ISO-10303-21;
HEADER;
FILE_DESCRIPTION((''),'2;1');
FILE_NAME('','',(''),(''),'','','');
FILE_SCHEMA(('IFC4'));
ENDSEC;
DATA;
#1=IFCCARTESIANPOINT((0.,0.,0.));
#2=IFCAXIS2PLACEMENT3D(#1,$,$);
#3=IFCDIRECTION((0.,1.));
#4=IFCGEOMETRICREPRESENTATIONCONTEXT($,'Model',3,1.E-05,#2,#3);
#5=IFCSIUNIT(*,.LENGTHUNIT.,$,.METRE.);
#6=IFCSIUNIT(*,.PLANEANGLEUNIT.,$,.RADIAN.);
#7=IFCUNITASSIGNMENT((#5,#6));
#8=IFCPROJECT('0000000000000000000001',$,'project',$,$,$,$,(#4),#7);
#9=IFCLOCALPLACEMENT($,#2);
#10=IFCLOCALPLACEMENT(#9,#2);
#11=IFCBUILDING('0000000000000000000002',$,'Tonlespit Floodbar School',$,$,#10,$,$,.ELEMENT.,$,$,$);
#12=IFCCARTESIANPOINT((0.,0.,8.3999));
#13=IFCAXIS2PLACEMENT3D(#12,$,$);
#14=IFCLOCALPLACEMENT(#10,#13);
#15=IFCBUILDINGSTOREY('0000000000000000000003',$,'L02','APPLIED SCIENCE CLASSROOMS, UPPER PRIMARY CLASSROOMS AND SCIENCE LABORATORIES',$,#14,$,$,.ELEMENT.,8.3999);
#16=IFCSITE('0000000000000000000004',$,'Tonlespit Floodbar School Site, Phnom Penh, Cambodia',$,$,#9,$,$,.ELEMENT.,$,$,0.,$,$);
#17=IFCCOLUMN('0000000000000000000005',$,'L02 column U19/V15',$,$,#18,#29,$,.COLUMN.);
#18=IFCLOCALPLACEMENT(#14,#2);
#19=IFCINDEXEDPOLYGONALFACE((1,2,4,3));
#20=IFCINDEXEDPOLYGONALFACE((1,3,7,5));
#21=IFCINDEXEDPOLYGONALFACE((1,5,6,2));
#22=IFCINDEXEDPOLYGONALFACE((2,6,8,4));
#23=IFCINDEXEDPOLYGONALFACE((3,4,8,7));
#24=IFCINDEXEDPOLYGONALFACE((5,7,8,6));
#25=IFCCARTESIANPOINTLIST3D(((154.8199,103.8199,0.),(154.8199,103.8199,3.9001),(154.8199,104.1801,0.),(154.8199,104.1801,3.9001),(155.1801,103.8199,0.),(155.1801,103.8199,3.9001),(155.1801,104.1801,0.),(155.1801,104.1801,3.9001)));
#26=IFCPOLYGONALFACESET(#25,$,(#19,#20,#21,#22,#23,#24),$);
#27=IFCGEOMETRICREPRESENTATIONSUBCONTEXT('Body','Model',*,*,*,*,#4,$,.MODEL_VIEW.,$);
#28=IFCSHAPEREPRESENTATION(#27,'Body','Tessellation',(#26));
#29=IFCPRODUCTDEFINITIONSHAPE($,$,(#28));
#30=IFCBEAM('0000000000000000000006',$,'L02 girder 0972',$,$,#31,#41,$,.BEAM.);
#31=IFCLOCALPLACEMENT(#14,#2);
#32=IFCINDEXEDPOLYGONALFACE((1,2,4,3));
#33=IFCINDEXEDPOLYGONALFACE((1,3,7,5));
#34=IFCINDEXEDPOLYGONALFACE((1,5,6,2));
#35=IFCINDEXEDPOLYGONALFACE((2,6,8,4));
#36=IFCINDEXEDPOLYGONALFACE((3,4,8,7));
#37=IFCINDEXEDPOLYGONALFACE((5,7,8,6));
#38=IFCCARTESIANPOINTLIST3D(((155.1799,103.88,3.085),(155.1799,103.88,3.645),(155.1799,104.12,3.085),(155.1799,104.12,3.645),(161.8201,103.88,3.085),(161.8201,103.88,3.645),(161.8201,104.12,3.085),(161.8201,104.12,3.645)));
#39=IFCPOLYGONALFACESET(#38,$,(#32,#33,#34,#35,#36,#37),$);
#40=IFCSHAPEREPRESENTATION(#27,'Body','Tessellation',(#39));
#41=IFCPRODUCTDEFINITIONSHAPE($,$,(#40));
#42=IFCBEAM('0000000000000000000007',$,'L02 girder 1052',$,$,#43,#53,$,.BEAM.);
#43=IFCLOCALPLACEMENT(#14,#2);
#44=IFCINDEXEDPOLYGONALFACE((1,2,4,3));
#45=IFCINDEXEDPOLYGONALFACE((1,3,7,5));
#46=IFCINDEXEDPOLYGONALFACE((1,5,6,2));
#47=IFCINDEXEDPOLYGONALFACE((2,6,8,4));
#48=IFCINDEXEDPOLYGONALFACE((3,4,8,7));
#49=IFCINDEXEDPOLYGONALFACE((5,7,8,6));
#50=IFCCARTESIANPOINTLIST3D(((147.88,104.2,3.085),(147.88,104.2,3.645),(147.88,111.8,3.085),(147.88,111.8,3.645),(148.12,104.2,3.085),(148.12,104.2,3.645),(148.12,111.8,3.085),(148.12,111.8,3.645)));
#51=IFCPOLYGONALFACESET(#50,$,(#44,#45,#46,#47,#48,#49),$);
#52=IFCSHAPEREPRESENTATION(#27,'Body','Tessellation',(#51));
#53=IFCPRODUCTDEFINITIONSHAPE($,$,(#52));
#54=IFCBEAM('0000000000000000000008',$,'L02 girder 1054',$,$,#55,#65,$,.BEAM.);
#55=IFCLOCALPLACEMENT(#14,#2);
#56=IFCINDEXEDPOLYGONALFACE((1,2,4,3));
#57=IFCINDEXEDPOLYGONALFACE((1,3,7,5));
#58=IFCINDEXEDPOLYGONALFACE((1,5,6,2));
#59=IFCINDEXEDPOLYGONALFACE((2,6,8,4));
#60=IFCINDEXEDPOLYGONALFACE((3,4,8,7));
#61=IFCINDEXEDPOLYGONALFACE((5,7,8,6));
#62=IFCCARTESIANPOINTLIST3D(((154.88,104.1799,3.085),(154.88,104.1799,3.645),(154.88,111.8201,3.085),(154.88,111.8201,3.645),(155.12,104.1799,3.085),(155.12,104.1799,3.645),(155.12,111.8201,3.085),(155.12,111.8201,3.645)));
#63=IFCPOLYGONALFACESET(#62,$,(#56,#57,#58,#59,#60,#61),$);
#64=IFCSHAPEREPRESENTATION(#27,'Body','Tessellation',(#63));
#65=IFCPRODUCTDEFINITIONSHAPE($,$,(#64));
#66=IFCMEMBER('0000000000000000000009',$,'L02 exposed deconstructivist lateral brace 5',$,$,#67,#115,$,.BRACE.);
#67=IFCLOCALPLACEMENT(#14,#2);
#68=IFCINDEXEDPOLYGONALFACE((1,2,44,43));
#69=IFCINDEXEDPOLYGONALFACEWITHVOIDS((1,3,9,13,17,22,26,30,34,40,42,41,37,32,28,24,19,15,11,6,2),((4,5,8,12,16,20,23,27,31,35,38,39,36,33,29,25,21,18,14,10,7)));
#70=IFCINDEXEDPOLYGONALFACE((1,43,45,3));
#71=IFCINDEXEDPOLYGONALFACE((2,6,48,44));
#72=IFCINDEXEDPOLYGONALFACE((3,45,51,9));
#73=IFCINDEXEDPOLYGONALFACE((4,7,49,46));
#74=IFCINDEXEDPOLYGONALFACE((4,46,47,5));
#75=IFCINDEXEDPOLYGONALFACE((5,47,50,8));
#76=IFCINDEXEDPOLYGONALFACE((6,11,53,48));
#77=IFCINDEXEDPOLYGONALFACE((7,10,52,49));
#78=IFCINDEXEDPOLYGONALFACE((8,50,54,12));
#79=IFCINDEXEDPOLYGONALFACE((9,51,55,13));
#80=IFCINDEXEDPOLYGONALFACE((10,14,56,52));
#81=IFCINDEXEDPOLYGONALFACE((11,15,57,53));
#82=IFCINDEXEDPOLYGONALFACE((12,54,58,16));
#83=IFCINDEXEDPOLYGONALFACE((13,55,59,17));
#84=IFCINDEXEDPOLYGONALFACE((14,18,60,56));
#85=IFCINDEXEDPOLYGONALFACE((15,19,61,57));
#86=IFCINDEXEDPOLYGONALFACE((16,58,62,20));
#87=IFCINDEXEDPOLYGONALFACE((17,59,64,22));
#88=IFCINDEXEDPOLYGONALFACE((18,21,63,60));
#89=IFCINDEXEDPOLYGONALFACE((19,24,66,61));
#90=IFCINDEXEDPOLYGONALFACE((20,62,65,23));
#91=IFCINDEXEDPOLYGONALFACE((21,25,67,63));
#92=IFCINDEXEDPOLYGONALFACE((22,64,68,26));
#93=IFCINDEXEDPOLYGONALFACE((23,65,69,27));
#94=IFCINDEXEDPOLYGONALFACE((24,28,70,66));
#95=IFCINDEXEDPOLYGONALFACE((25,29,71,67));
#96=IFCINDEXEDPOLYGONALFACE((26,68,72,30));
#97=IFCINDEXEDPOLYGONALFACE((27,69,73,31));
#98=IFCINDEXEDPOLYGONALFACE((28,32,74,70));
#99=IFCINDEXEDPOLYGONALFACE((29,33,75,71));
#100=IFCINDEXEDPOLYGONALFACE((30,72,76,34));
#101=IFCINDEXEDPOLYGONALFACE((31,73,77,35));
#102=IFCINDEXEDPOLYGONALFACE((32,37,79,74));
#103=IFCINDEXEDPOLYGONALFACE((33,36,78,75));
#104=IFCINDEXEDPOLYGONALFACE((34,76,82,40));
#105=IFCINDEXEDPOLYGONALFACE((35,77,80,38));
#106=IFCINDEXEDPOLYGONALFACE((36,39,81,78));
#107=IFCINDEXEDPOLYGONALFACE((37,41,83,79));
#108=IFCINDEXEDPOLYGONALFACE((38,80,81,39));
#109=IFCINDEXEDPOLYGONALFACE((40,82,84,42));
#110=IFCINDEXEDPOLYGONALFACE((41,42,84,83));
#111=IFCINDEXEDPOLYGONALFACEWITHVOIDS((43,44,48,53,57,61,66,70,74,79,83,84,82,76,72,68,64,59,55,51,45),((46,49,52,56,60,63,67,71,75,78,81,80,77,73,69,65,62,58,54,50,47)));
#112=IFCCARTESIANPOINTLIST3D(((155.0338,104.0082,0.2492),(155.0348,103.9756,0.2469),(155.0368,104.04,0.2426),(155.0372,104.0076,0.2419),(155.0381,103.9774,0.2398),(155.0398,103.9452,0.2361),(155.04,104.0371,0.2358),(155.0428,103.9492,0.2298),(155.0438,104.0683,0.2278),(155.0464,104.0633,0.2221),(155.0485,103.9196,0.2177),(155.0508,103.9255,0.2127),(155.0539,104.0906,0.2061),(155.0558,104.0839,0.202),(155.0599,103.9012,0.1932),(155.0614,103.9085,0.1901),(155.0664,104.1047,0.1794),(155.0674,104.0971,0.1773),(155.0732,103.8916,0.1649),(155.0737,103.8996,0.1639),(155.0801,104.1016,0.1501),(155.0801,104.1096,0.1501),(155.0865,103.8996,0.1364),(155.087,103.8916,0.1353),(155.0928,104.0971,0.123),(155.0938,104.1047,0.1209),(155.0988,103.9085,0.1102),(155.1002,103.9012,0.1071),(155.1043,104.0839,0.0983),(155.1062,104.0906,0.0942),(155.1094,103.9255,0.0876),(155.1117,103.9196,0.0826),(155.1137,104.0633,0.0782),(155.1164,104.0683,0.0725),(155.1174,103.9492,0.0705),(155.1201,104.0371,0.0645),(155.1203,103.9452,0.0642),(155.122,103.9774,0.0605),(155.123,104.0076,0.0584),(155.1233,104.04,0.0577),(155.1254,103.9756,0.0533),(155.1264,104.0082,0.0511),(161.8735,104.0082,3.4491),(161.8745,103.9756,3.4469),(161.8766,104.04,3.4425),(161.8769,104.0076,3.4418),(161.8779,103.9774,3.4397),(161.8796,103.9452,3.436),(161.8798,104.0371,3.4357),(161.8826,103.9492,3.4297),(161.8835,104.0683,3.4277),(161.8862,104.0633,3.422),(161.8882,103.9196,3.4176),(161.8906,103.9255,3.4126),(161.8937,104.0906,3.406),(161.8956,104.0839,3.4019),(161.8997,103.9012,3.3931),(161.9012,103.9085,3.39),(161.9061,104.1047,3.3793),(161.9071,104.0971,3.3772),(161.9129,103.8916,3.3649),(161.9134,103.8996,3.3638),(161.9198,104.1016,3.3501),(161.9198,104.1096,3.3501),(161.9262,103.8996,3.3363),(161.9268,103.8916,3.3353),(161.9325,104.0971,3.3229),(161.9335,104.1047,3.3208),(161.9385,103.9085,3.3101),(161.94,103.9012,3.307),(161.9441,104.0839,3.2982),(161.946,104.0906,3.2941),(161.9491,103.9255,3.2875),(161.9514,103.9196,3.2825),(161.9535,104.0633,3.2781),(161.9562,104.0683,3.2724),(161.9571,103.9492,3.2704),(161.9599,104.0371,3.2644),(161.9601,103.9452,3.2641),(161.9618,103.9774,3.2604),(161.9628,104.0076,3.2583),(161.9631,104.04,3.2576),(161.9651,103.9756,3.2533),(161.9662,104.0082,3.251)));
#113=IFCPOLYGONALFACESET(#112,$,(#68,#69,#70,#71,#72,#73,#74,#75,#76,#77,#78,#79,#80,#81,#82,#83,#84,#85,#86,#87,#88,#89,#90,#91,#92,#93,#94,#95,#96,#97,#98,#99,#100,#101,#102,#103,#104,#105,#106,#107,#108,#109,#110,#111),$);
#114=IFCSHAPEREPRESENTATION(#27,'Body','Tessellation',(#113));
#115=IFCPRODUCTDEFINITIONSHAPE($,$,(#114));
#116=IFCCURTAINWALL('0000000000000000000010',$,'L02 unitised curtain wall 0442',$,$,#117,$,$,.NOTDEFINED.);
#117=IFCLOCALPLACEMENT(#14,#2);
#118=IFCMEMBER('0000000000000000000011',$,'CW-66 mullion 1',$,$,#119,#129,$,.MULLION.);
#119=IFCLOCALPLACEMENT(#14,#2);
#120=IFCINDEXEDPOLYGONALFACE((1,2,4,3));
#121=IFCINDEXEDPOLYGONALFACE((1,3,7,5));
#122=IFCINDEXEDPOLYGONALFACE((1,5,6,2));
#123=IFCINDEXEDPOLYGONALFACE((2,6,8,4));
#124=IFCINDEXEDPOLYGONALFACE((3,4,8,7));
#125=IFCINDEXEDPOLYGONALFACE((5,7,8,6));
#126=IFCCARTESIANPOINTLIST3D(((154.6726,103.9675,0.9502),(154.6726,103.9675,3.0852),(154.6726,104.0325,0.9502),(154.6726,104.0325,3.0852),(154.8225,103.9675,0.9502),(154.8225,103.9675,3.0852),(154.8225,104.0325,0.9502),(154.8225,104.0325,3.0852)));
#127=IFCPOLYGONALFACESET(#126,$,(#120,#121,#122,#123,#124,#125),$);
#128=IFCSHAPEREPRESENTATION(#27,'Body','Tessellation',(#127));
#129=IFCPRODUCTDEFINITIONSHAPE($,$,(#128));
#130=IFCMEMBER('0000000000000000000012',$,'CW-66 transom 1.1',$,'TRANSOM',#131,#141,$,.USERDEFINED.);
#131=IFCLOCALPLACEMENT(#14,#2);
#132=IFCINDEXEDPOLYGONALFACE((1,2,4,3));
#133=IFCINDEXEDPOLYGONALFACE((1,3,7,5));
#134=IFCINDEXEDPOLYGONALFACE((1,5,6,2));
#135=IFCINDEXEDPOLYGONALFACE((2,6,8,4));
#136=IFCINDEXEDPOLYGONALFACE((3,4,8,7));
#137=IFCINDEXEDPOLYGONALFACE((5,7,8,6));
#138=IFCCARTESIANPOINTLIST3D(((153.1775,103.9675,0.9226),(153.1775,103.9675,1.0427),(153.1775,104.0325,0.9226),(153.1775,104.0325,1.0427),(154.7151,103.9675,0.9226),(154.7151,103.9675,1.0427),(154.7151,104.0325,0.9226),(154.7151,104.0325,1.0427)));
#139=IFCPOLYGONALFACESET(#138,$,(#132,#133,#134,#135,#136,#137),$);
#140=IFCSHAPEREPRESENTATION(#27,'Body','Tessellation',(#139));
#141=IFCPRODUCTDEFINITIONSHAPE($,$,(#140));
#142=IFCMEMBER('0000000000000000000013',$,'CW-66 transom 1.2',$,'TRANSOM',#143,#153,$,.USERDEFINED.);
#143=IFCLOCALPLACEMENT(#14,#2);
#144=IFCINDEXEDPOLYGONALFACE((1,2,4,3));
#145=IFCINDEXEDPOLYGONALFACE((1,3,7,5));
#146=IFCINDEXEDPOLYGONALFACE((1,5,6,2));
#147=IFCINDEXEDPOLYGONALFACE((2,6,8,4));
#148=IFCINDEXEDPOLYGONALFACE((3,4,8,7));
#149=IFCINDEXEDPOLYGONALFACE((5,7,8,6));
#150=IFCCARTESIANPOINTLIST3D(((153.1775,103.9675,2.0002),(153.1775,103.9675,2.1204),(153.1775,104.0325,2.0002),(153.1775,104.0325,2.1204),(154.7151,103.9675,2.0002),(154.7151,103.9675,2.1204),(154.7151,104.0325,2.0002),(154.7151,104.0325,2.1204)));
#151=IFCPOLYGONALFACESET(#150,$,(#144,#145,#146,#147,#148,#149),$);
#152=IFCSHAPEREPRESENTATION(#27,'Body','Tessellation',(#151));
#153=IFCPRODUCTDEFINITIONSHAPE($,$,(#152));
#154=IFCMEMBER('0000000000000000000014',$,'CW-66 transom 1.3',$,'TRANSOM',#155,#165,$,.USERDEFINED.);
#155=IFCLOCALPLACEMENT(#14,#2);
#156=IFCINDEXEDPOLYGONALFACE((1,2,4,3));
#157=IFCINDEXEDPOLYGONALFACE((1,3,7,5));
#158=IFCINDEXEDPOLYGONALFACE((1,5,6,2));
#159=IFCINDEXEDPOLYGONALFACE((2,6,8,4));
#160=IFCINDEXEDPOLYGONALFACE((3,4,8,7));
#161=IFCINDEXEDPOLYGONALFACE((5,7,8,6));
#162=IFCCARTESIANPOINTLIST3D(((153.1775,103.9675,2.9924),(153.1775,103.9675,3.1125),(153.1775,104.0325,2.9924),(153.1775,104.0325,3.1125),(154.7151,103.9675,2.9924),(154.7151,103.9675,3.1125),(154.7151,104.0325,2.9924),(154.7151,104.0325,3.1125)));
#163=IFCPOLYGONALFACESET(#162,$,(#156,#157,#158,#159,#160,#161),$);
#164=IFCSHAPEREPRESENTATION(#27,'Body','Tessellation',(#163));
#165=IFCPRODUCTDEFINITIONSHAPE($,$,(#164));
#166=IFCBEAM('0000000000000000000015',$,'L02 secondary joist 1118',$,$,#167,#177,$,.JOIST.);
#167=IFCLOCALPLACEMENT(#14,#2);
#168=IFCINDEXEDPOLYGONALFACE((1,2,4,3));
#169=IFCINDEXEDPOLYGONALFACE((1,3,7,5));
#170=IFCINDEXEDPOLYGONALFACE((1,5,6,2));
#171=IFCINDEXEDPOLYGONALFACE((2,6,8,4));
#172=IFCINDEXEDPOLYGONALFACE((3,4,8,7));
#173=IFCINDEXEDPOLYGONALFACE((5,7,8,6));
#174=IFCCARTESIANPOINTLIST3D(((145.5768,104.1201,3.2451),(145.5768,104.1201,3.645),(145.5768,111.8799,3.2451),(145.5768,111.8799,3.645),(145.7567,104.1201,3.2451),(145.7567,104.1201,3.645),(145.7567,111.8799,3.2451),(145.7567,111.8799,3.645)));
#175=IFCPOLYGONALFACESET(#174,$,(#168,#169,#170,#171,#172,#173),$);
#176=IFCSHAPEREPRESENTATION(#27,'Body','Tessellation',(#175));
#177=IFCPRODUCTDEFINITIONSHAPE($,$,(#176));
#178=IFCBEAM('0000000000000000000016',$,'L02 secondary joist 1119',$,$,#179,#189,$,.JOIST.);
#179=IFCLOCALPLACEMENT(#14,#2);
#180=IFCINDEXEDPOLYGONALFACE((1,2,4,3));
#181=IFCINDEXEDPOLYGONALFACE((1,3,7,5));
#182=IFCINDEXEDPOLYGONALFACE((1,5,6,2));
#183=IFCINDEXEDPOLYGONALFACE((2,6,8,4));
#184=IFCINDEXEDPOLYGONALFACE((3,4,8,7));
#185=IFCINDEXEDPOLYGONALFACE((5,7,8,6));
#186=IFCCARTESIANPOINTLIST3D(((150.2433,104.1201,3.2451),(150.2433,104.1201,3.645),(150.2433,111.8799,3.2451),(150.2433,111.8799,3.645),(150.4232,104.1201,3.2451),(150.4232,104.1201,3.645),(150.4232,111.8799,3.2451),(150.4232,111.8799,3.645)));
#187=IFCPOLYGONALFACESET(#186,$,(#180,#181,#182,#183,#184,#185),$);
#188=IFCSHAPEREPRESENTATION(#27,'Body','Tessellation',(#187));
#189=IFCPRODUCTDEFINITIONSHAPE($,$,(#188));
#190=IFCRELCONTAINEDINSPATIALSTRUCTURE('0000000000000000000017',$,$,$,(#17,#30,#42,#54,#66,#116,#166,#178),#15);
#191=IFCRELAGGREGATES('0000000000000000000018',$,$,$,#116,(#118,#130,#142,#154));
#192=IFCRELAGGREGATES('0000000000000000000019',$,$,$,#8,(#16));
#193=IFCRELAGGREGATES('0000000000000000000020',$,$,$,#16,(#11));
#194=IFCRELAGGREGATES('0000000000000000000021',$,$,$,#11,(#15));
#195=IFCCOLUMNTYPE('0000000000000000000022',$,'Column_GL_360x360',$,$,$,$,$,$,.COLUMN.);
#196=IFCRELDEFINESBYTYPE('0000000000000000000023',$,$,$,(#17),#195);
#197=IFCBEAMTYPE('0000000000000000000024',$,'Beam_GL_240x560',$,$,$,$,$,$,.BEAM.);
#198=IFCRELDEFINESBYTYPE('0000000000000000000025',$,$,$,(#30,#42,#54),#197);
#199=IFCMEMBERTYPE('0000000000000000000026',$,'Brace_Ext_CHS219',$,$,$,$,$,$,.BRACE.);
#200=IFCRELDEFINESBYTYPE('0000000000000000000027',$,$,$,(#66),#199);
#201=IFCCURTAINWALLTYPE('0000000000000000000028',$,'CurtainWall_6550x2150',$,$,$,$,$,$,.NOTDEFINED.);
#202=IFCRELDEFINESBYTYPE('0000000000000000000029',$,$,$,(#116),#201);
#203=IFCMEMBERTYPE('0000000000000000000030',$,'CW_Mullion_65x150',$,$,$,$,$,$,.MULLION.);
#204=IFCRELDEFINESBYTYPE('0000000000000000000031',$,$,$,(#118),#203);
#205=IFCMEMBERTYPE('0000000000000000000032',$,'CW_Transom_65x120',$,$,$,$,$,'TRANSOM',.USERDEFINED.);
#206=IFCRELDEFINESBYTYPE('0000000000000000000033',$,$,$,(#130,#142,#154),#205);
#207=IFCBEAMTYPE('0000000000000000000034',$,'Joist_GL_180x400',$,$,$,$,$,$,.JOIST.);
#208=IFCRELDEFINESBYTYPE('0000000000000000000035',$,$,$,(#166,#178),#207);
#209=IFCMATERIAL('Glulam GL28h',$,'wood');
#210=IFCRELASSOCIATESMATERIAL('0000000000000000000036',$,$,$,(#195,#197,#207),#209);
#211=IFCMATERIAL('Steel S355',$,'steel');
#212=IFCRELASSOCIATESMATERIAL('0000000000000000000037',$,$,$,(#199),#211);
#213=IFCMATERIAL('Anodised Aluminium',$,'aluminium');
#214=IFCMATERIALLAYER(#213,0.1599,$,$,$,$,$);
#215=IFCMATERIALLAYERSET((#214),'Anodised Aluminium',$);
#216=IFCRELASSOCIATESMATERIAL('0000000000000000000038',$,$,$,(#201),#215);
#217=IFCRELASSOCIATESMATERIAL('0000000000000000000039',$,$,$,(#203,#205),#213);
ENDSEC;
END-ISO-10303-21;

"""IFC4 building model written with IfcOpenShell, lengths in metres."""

from ifc_helpers import new_model, si_unit, direction, frame, origin, origin_2d, place, context, subcontext, project, spatial, rectangle, hollow_circle, extrude, material, layer, layer_set, material_profile, profile_set, type_object, element, aggregate, save


model = new_model("IFC4")

# Units and contexts
model_context = context("Model", 3, precision=1e-05, world=origin(), true_north=direction((0.0, 1.0)))
body_context = subcontext(model_context, "Body", "Model", "MODEL_VIEW")
ifc_project = project(units=[si_unit("LENGTHUNIT", "METRE"), si_unit("PLANEANGLEUNIT", "RADIAN")], contexts=[model_context])

# Site, building, storey
site_placement = place(None, origin())
site = spatial("IfcSite", under=ifc_project, at=site_placement, Name="Tonlespit Floodbar School Site, Phnom Penh, Cambodia", CompositionType="ELEMENT", RefElevation=0.0)
building_placement = place(site_placement, origin())
building = spatial("IfcBuilding", under=site, at=building_placement, Name="Tonlespit Floodbar School", CompositionType="ELEMENT")
storey_placement = place(building_placement, frame((0.0, 0.0, 8.3999)))
storey = spatial("IfcBuildingStorey", under=building, at=storey_placement, Name="L02", Description="APPLIED SCIENCE CLASSROOMS, UPPER PRIMARY CLASSROOMS AND SCIENCE LABORATORIES", CompositionType="ELEMENT", Elevation=8.3999)

# Column
ifc_material_1 = material(Name="Glulam GL28h", Category="wood")
ifc_material_profile_1 = material_profile(ifc_material_1, rectangle(XDim=0.3601, YDim=0.3601, at=origin_2d()), Name="GL 360x360")
ifc_profile_set_1 = profile_set([ifc_material_profile_1], Name="Glulam GL28h")
column_type = type_object("IfcColumnType", Name="Column_GL_360x360", PredefinedType="COLUMN", material=ifc_profile_set_1)
column_placement = place(storey_placement, frame((155.0, 104.0, 0.0), z_axis=(0.0, 0.0, 1.0), x_axis=(1.0, 0.0, 0.0)))
element("IfcColumn", 1, at=column_placement, inside=storey, type_object=column_type, Name="L02 column U19/V15", PredefinedType="COLUMN", context=body_context, shape_type="SweptSolid", body=[
    extrude(rectangle(XDim=0.3601, YDim=0.3601, at=origin_2d()), origin(), (0.0, 0.0, 1.0), 3.9001),
])

# Beams
ifc_material_profile_2 = material_profile(ifc_material_1, rectangle(XDim=0.24, YDim=0.5601, at=origin_2d()), Name="GL 240x560")
ifc_profile_set_2 = profile_set([ifc_material_profile_2], Name="Glulam GL28h")
beam_type_1 = type_object("IfcBeamType", Name="Beam_GL_240x560", PredefinedType="BEAM", material=ifc_profile_set_2)
beam_1_placement = place(storey_placement, frame((155.1799, 104.0, 3.365), z_axis=(1.0, 0.0, 0.0), x_axis=(0.0, 1.0, 0.0)))
element("IfcBeam", 2, at=beam_1_placement, inside=storey, type_object=beam_type_1, Name="L02 girder 0972", PredefinedType="BEAM", context=body_context, shape_type="SweptSolid", body=[
    extrude(rectangle(XDim=0.24, YDim=0.5601, at=origin_2d()), origin(), (0.0, 0.0, 1.0), 6.6401),
])
beam_2_placement = place(storey_placement, frame((148.0, 104.2, 3.365), z_axis=(0.0, 1.0, 0.0), x_axis=(-1.0, 0.0, 0.0)))
element("IfcBeam", 3, at=beam_2_placement, inside=storey, type_object=beam_type_1, Name="L02 girder 1052", PredefinedType="BEAM", context=body_context, shape_type="SweptSolid", body=[
    extrude(rectangle(XDim=0.24, YDim=0.5601, at=origin_2d()), origin(), (0.0, 0.0, 1.0), 7.6001),
])
beam_3_placement = place(storey_placement, frame((155.0, 104.1799, 3.365), z_axis=(0.0, 1.0, 0.0), x_axis=(-1.0, 0.0, 0.0)))
element("IfcBeam", 4, at=beam_3_placement, inside=storey, type_object=beam_type_1, Name="L02 girder 1054", PredefinedType="BEAM", context=body_context, shape_type="SweptSolid", body=[
    extrude(rectangle(XDim=0.24, YDim=0.5601, at=origin_2d()), origin(), (0.0, 0.0, 1.0), 7.6401),
])

# Member
ifc_material_2 = material(Name="Steel S355", Category="steel")
ifc_material_profile_3 = material_profile(ifc_material_2, hollow_circle(Radius=0.1096, WallThickness=0.0081, at=origin_2d()), Name="CHS 219.1x8")
ifc_profile_set_3 = profile_set([ifc_material_profile_3], Name="Steel S355")
member_type_1 = type_object("IfcMemberType", Name="Brace_Ext_CHS219", PredefinedType="BRACE", material=ifc_profile_set_3)
member_1_placement = place(storey_placement, frame((155.0801, 104.0, 0.1501), z_axis=(0.905776, 0.0, 0.423758), x_axis=(0.0, 1.0, 0.0)))
element("IfcMember", 5, at=member_1_placement, inside=storey, type_object=member_type_1, Name="L02 exposed deconstructivist lateral brace 5", PredefinedType="BRACE", context=body_context, shape_type="SweptSolid", body=[
    extrude(hollow_circle(Radius=0.1096, WallThickness=0.0081, at=origin_2d()), origin(), (0.0, 0.0, 1.0), 7.5513),
])

# Curtain wall, members
ifc_material_3 = material(Name="Anodised Aluminium", Category="aluminium")
ifc_layer_1 = layer(ifc_material_3, 0.1599)
ifc_layer_set_1 = layer_set([ifc_layer_1], Name="Anodised Aluminium")
curtain_wall_type = type_object("IfcCurtainWallType", Name="CurtainWall_6550x2150", PredefinedType="NOTDEFINED", material=ifc_layer_set_1)
curtain_wall_placement = place(storey_placement, origin())
curtain_wall = element("IfcCurtainWall", 6, at=curtain_wall_placement, inside=storey, type_object=curtain_wall_type, Name="L02 unitised curtain wall 0442", PredefinedType="NOTDEFINED")
ifc_material_profile_4 = material_profile(ifc_material_3, rectangle(XDim=0.0649, YDim=0.1499, at=origin_2d()), Name="ALU M65x150")
ifc_profile_set_4 = profile_set([ifc_material_profile_4], Name="Anodised Aluminium")
member_type_2 = type_object("IfcMemberType", Name="CW_Mullion_65x150", PredefinedType="MULLION", material=ifc_profile_set_4)
member_2_placement = place(storey_placement, frame((154.7476, 104.0, 0.9502), z_axis=(0.0, 0.0, 1.0), x_axis=(0.0, -1.0, 0.0)))
member_2 = element("IfcMember", 7, at=member_2_placement, type_object=member_type_2, Name="CW-66 mullion 1", PredefinedType="MULLION", context=body_context, shape_type="SweptSolid", body=[
    extrude(rectangle(XDim=0.0649, YDim=0.1499, at=origin_2d()), origin(), (0.0, 0.0, 1.0), 2.135),
])
ifc_material_profile_5 = material_profile(ifc_material_3, rectangle(XDim=0.0649, YDim=0.1201, at=origin_2d()), Name="ALU T65x120")
ifc_profile_set_5 = profile_set([ifc_material_profile_5], Name="Anodised Aluminium")
member_type_3 = type_object("IfcMemberType", Name="CW_Transom_65x120", ElementType="TRANSOM", PredefinedType="USERDEFINED", material=ifc_profile_set_5)
member_3_placement = place(storey_placement, frame((154.7151, 104.0, 0.9827), z_axis=(-1.0, 0.0, 0.0), x_axis=(0.0, -1.0, 0.0)))
member_3 = element("IfcMember", 8, at=member_3_placement, type_object=member_type_3, Name="CW-66 transom 1.1", ObjectType="TRANSOM", PredefinedType="USERDEFINED", context=body_context, shape_type="SweptSolid", body=[
    extrude(rectangle(XDim=0.0649, YDim=0.1201, at=origin_2d()), origin(), (0.0, 0.0, 1.0), 1.5376),
])
member_4_placement = place(storey_placement, frame((154.7151, 104.0, 2.0603), z_axis=(-1.0, 0.0, 0.0), x_axis=(0.0, -1.0, 0.0)))
member_4 = element("IfcMember", 9, at=member_4_placement, type_object=member_type_3, Name="CW-66 transom 1.2", ObjectType="TRANSOM", PredefinedType="USERDEFINED", context=body_context, shape_type="SweptSolid", body=[
    extrude(rectangle(XDim=0.0649, YDim=0.1201, at=origin_2d()), origin(), (0.0, 0.0, 1.0), 1.5376),
])
member_5_placement = place(storey_placement, frame((154.7151, 104.0, 3.0525), z_axis=(-1.0, 0.0, 0.0), x_axis=(0.0, -1.0, 0.0)))
member_5 = element("IfcMember", 10, at=member_5_placement, type_object=member_type_3, Name="CW-66 transom 1.3", ObjectType="TRANSOM", PredefinedType="USERDEFINED", context=body_context, shape_type="SweptSolid", body=[
    extrude(rectangle(XDim=0.0649, YDim=0.1201, at=origin_2d()), origin(), (0.0, 0.0, 1.0), 1.5376),
])

# Beams
ifc_material_profile_6 = material_profile(ifc_material_1, rectangle(XDim=0.1799, YDim=0.3999, at=origin_2d()), Name="GL 180x400")
ifc_profile_set_6 = profile_set([ifc_material_profile_6], Name="Glulam GL28h")
beam_type_2 = type_object("IfcBeamType", Name="Joist_GL_180x400", PredefinedType="JOIST", material=ifc_profile_set_6)
for number, where, z_axis, x_axis, name in (
    (11, (145.6667, 104.1201, 3.4451), (0.0, 1.0, 0.0), (-1.0, 0.0, 0.0), "L02 secondary joist 1118"),
    (12, (150.3333, 104.1201, 3.4451), (0.0, 1.0, 0.0), (-1.0, 0.0, 0.0), "L02 secondary joist 1119"),
):
    element("IfcBeam", number, at=place(storey_placement, frame(where, z_axis=z_axis, x_axis=x_axis)), inside=storey, type_object=beam_type_2, Name=name, PredefinedType="JOIST", context=body_context, shape_type="SweptSolid", body=[
        extrude(rectangle(XDim=0.1799, YDim=0.3999, at=origin_2d()), origin(), (0.0, 0.0, 1.0), 7.7598),
    ])

aggregate(curtain_wall, [member_2, member_3, member_4, member_5])

save(model, "model.ifc")
